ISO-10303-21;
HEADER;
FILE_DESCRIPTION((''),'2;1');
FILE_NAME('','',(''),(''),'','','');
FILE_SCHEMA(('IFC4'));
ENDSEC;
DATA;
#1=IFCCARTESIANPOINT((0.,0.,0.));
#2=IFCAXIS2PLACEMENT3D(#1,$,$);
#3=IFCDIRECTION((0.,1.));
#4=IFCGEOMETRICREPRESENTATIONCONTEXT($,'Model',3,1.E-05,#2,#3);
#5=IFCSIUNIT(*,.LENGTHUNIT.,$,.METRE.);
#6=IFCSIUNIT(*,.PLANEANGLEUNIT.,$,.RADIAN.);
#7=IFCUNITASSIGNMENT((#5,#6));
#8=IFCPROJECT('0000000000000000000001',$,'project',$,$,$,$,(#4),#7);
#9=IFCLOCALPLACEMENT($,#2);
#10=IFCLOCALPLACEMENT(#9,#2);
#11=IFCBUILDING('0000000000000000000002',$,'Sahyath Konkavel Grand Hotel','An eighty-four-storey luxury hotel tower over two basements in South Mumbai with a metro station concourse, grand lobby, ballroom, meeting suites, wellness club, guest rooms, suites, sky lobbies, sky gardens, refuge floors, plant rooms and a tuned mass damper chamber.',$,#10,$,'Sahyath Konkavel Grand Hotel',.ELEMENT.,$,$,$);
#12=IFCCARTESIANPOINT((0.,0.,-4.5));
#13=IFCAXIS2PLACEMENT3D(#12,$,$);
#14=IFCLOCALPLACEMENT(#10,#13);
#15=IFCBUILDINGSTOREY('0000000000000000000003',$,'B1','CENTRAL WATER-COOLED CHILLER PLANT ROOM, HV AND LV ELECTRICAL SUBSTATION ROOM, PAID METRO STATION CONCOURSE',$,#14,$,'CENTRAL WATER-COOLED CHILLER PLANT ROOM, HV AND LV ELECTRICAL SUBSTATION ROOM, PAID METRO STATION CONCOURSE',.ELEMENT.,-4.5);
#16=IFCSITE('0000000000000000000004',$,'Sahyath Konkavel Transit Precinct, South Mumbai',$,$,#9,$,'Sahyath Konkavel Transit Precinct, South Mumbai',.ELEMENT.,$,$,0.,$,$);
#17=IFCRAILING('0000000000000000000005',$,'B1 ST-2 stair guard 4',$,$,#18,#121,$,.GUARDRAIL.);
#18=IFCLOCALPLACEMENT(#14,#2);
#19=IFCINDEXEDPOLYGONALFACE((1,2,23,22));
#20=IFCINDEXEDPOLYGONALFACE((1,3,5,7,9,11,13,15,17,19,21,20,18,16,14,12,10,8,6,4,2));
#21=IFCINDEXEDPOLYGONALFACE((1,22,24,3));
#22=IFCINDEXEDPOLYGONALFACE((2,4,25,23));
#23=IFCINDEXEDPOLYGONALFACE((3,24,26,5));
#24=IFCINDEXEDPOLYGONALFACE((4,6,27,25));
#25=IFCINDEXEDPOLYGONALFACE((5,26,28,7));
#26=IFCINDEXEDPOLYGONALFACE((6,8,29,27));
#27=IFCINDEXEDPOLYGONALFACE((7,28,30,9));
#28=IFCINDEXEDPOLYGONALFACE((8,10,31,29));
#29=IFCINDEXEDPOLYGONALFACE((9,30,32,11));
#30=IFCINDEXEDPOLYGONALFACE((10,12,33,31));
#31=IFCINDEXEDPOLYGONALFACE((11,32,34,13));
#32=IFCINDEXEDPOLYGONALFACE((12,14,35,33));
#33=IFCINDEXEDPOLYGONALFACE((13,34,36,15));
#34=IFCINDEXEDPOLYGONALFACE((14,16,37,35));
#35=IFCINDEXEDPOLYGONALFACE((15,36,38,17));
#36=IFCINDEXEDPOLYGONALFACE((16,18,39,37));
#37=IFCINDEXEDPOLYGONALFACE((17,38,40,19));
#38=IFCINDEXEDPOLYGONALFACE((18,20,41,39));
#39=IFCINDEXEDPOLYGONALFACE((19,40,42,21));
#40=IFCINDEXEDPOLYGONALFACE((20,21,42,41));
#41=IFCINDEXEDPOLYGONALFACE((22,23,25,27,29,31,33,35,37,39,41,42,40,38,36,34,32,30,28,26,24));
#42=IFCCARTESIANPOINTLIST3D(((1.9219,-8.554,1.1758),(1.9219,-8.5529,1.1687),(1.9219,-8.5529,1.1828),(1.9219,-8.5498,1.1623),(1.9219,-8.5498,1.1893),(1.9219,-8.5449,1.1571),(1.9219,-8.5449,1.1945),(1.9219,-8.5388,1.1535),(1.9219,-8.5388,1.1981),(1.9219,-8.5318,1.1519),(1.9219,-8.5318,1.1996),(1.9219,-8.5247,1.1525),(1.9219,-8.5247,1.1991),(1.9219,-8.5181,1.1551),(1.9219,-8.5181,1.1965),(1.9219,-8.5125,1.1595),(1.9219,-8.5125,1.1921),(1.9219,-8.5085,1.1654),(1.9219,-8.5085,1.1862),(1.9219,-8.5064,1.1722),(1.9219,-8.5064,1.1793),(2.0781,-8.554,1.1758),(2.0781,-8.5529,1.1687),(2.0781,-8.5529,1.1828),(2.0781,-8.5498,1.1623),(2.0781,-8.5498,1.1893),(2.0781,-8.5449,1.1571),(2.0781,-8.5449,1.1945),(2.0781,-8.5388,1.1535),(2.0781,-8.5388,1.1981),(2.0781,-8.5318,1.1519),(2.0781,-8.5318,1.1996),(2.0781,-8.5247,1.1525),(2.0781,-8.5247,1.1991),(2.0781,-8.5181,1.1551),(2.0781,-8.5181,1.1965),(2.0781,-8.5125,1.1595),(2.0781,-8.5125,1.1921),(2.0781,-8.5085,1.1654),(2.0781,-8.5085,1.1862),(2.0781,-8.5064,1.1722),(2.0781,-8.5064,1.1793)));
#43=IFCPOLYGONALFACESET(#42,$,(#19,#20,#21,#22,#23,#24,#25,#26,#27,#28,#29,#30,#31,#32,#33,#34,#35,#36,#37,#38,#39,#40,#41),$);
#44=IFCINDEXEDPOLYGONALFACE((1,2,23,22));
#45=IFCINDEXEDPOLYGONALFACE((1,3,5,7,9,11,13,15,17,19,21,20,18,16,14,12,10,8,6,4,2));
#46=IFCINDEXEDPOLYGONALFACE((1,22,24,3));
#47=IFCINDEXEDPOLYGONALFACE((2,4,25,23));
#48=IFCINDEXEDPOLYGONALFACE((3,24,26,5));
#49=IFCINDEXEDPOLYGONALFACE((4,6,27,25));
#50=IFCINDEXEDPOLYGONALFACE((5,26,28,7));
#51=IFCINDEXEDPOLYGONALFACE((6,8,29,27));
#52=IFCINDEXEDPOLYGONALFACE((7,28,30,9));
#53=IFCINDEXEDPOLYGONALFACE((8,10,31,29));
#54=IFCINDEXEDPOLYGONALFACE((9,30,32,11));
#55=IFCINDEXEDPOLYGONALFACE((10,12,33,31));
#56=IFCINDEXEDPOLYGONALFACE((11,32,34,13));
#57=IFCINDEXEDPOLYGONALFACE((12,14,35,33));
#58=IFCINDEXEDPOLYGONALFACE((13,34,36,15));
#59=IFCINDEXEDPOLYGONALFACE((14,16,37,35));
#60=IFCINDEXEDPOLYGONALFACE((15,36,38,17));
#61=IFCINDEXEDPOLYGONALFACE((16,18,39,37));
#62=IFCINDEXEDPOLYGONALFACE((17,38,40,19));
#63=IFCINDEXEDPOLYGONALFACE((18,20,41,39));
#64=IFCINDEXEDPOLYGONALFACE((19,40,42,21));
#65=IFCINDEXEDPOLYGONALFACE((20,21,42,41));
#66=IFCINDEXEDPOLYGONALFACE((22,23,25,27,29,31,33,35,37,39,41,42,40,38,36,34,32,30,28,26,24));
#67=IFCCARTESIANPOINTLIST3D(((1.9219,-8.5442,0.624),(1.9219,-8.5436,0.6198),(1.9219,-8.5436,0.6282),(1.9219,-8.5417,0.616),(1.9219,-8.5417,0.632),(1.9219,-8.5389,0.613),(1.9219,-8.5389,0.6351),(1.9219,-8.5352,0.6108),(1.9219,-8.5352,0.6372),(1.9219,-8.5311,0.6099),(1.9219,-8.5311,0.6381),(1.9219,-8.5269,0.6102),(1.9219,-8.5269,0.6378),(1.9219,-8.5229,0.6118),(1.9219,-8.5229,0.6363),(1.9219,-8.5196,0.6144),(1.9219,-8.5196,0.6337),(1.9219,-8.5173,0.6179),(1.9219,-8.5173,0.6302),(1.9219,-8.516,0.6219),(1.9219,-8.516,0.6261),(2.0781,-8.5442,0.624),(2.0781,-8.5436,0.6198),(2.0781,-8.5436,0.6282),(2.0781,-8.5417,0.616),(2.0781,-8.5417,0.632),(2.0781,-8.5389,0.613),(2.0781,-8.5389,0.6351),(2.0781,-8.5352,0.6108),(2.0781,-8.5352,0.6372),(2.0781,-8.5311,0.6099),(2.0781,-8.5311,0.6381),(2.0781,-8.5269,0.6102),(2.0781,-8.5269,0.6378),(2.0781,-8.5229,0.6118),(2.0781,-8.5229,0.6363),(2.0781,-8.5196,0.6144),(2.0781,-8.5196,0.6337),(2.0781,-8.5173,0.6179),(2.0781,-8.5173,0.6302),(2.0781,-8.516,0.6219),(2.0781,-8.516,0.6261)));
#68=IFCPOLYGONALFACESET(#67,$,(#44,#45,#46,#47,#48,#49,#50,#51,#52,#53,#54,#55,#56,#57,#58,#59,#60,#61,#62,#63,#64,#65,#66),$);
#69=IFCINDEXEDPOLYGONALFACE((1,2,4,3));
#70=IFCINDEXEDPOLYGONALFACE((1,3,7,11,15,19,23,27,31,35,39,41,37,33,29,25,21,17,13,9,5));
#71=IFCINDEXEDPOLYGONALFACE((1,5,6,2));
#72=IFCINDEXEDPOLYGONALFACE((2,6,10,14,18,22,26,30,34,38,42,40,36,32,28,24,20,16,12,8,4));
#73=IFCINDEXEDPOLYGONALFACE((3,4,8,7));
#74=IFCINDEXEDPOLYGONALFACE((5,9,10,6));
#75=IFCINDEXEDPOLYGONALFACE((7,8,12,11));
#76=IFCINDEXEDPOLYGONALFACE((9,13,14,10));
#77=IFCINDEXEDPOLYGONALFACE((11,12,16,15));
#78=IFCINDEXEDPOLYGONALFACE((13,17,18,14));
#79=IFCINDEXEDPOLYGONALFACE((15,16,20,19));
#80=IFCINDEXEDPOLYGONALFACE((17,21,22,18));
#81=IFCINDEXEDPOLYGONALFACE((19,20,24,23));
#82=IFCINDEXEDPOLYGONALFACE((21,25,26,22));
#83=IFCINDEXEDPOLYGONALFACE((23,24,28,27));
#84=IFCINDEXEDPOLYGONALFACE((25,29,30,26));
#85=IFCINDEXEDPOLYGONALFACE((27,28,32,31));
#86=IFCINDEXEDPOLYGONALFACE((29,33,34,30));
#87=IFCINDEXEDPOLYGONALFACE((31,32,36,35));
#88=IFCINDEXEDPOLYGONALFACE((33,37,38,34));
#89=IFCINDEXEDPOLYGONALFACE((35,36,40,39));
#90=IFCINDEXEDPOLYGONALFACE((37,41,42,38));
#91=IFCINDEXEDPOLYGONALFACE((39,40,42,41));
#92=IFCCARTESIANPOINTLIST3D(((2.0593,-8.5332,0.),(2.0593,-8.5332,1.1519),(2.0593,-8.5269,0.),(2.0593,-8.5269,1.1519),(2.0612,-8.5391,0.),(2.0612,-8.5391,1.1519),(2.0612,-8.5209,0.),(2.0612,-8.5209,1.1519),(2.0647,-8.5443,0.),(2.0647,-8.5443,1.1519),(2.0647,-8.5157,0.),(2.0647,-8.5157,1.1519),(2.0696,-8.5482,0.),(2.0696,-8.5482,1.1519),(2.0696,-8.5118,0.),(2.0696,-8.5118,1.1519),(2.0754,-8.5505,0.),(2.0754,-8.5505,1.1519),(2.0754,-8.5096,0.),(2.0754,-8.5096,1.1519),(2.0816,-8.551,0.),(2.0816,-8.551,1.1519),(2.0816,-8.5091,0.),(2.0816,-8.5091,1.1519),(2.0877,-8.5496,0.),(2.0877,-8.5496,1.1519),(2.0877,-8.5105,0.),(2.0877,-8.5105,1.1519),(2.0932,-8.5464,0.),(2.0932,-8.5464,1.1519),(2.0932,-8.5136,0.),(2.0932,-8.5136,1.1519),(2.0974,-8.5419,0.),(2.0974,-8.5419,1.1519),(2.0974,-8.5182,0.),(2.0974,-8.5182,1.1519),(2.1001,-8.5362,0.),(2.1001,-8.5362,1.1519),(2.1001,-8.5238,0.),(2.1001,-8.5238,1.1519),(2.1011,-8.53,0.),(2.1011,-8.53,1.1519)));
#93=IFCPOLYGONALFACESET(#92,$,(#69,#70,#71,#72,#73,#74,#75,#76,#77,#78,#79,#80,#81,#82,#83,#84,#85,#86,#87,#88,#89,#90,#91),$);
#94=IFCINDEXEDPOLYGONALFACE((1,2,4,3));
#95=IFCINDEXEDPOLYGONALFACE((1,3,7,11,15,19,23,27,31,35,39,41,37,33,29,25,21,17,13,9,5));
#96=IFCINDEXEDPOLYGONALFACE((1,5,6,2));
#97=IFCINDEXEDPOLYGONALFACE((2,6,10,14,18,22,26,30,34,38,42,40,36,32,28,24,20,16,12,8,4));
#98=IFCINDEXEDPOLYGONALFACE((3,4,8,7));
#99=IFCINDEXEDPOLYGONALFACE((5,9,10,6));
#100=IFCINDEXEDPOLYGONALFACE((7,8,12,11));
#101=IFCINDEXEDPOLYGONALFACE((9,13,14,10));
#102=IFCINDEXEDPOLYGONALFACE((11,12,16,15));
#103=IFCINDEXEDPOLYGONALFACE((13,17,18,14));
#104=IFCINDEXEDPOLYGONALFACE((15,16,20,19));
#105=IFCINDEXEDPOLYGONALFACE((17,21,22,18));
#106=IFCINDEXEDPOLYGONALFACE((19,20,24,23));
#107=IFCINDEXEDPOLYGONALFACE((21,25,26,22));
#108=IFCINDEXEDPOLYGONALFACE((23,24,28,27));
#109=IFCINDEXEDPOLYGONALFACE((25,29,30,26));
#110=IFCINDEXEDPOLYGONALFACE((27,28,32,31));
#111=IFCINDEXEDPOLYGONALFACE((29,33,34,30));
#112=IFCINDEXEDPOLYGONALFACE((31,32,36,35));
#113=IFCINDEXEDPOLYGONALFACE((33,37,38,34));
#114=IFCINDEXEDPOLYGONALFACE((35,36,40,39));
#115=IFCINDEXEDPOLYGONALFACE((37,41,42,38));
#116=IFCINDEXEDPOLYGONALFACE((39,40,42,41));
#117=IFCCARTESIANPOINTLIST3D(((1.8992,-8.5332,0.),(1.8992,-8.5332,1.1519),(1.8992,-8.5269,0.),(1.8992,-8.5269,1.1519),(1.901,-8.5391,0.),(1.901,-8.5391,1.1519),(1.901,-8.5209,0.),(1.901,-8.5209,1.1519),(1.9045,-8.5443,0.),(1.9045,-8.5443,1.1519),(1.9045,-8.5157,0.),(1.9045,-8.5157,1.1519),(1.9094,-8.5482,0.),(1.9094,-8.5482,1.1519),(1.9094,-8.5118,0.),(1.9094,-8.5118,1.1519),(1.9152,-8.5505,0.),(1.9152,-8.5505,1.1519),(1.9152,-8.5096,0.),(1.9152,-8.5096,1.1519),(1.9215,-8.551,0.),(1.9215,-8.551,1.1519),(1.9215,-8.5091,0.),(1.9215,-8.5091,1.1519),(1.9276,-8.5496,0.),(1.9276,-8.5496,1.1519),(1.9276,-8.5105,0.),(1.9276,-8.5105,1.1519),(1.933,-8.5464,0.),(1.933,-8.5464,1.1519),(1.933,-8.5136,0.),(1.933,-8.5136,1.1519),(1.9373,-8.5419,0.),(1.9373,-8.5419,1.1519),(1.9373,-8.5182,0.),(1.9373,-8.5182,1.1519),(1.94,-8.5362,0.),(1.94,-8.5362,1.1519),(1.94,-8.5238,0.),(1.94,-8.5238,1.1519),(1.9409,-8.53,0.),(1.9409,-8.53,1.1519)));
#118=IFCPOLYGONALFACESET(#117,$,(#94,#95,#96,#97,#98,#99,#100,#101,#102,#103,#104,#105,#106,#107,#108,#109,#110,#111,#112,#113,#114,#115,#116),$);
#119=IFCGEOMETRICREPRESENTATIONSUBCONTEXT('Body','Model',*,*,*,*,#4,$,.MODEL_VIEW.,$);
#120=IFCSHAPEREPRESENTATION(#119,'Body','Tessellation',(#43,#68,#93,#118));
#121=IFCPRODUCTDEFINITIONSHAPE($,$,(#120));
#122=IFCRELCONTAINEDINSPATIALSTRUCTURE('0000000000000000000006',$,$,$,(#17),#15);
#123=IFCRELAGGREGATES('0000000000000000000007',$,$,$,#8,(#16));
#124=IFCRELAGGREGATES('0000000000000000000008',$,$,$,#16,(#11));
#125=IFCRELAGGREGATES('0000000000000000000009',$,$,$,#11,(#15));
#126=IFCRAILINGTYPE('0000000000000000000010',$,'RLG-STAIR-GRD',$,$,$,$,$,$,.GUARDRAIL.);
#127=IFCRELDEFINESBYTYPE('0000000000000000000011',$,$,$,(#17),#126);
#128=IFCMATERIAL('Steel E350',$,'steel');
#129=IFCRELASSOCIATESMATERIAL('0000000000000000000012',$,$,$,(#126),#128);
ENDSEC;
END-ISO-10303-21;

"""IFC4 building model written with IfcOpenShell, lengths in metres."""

from ifc_helpers import new_model, si_unit, direction, frame, origin, origin_2d, place, context, subcontext, project, spatial, circle, extrude, material, type_object, element, save


model = new_model("IFC4")

# Units and contexts
model_context = context("Model", 3, precision=1e-05, world=origin(), true_north=direction((0.0, 1.0)))
body_context = subcontext(model_context, "Body", "Model", "MODEL_VIEW")
ifc_project = project(units=[si_unit("LENGTHUNIT", "METRE"), si_unit("PLANEANGLEUNIT", "RADIAN")], contexts=[model_context])

# Site, building, storey
site_placement = place(None, origin())
site = spatial("IfcSite", under=ifc_project, at=site_placement, Name="Sahyath Konkavel Transit Precinct, South Mumbai", LongName="Sahyath Konkavel Transit Precinct, South Mumbai", CompositionType="ELEMENT", RefElevation=0.0)
building_placement = place(site_placement, origin())
building = spatial("IfcBuilding", under=site, at=building_placement, Name="Sahyath Konkavel Grand Hotel", Description="An eighty-four-storey luxury hotel tower over two basements in South Mumbai with a metro station concourse, grand lobby, ballroom, meeting suites, wellness club, guest rooms, suites, sky lobbies, sky gardens, refuge floors, plant rooms and a tuned mass damper chamber.", LongName="Sahyath Konkavel Grand Hotel", CompositionType="ELEMENT")
storey_placement = place(building_placement, frame((0.0, 0.0, -4.5)))
storey = spatial("IfcBuildingStorey", under=building, at=storey_placement, Name="B1", Description="CENTRAL WATER-COOLED CHILLER PLANT ROOM, HV AND LV ELECTRICAL SUBSTATION ROOM, PAID METRO STATION CONCOURSE", LongName="CENTRAL WATER-COOLED CHILLER PLANT ROOM, HV AND LV ELECTRICAL SUBSTATION ROOM, PAID METRO STATION CONCOURSE", CompositionType="ELEMENT", Elevation=-4.5)

# Shared definitions
ifc_material_1 = material(Name="Steel E350", Category="steel")

# Railing
railing_type_1 = type_object("IfcRailingType", Name="RLG-STAIR-GRD", PredefinedType="GUARDRAIL", material=ifc_material_1)
railing_1_placement = place(storey_placement, frame((2.0801, -8.53, 0.0)))
element("IfcRailing", 1, at=railing_1_placement, inside=storey, type_object=railing_type_1, Name="B1 ST-2 stair guard 4", PredefinedType="GUARDRAIL", context=body_context, shape_type="SweptSolid", body=[
    extrude(circle(Radius=0.0239, at=origin_2d()), frame((-0.002, 0.0, 1.1758), z_axis=(-1.0, 0.0, 0.0), x_axis=(0.0, -1.0, 0.0)), (0.0, 0.0, 1.0), 0.1562),
    extrude(circle(Radius=0.0142, at=origin_2d()), frame((-0.002, 0.0, 0.624), z_axis=(-1.0, 0.0, 0.0), x_axis=(0.0, -1.0, 0.0)), (0.0, 0.0, 1.0), 0.1562),
    extrude(circle(Radius=0.021, at=origin_2d()), origin(), (0.0, 0.0, 1.0), 1.1519),
    extrude(circle(Radius=0.021, at=origin_2d()), frame((-0.1602, 0.0, 0.0)), (0.0, 0.0, 1.0), 1.1519),
])

save(model, "model.ifc")
